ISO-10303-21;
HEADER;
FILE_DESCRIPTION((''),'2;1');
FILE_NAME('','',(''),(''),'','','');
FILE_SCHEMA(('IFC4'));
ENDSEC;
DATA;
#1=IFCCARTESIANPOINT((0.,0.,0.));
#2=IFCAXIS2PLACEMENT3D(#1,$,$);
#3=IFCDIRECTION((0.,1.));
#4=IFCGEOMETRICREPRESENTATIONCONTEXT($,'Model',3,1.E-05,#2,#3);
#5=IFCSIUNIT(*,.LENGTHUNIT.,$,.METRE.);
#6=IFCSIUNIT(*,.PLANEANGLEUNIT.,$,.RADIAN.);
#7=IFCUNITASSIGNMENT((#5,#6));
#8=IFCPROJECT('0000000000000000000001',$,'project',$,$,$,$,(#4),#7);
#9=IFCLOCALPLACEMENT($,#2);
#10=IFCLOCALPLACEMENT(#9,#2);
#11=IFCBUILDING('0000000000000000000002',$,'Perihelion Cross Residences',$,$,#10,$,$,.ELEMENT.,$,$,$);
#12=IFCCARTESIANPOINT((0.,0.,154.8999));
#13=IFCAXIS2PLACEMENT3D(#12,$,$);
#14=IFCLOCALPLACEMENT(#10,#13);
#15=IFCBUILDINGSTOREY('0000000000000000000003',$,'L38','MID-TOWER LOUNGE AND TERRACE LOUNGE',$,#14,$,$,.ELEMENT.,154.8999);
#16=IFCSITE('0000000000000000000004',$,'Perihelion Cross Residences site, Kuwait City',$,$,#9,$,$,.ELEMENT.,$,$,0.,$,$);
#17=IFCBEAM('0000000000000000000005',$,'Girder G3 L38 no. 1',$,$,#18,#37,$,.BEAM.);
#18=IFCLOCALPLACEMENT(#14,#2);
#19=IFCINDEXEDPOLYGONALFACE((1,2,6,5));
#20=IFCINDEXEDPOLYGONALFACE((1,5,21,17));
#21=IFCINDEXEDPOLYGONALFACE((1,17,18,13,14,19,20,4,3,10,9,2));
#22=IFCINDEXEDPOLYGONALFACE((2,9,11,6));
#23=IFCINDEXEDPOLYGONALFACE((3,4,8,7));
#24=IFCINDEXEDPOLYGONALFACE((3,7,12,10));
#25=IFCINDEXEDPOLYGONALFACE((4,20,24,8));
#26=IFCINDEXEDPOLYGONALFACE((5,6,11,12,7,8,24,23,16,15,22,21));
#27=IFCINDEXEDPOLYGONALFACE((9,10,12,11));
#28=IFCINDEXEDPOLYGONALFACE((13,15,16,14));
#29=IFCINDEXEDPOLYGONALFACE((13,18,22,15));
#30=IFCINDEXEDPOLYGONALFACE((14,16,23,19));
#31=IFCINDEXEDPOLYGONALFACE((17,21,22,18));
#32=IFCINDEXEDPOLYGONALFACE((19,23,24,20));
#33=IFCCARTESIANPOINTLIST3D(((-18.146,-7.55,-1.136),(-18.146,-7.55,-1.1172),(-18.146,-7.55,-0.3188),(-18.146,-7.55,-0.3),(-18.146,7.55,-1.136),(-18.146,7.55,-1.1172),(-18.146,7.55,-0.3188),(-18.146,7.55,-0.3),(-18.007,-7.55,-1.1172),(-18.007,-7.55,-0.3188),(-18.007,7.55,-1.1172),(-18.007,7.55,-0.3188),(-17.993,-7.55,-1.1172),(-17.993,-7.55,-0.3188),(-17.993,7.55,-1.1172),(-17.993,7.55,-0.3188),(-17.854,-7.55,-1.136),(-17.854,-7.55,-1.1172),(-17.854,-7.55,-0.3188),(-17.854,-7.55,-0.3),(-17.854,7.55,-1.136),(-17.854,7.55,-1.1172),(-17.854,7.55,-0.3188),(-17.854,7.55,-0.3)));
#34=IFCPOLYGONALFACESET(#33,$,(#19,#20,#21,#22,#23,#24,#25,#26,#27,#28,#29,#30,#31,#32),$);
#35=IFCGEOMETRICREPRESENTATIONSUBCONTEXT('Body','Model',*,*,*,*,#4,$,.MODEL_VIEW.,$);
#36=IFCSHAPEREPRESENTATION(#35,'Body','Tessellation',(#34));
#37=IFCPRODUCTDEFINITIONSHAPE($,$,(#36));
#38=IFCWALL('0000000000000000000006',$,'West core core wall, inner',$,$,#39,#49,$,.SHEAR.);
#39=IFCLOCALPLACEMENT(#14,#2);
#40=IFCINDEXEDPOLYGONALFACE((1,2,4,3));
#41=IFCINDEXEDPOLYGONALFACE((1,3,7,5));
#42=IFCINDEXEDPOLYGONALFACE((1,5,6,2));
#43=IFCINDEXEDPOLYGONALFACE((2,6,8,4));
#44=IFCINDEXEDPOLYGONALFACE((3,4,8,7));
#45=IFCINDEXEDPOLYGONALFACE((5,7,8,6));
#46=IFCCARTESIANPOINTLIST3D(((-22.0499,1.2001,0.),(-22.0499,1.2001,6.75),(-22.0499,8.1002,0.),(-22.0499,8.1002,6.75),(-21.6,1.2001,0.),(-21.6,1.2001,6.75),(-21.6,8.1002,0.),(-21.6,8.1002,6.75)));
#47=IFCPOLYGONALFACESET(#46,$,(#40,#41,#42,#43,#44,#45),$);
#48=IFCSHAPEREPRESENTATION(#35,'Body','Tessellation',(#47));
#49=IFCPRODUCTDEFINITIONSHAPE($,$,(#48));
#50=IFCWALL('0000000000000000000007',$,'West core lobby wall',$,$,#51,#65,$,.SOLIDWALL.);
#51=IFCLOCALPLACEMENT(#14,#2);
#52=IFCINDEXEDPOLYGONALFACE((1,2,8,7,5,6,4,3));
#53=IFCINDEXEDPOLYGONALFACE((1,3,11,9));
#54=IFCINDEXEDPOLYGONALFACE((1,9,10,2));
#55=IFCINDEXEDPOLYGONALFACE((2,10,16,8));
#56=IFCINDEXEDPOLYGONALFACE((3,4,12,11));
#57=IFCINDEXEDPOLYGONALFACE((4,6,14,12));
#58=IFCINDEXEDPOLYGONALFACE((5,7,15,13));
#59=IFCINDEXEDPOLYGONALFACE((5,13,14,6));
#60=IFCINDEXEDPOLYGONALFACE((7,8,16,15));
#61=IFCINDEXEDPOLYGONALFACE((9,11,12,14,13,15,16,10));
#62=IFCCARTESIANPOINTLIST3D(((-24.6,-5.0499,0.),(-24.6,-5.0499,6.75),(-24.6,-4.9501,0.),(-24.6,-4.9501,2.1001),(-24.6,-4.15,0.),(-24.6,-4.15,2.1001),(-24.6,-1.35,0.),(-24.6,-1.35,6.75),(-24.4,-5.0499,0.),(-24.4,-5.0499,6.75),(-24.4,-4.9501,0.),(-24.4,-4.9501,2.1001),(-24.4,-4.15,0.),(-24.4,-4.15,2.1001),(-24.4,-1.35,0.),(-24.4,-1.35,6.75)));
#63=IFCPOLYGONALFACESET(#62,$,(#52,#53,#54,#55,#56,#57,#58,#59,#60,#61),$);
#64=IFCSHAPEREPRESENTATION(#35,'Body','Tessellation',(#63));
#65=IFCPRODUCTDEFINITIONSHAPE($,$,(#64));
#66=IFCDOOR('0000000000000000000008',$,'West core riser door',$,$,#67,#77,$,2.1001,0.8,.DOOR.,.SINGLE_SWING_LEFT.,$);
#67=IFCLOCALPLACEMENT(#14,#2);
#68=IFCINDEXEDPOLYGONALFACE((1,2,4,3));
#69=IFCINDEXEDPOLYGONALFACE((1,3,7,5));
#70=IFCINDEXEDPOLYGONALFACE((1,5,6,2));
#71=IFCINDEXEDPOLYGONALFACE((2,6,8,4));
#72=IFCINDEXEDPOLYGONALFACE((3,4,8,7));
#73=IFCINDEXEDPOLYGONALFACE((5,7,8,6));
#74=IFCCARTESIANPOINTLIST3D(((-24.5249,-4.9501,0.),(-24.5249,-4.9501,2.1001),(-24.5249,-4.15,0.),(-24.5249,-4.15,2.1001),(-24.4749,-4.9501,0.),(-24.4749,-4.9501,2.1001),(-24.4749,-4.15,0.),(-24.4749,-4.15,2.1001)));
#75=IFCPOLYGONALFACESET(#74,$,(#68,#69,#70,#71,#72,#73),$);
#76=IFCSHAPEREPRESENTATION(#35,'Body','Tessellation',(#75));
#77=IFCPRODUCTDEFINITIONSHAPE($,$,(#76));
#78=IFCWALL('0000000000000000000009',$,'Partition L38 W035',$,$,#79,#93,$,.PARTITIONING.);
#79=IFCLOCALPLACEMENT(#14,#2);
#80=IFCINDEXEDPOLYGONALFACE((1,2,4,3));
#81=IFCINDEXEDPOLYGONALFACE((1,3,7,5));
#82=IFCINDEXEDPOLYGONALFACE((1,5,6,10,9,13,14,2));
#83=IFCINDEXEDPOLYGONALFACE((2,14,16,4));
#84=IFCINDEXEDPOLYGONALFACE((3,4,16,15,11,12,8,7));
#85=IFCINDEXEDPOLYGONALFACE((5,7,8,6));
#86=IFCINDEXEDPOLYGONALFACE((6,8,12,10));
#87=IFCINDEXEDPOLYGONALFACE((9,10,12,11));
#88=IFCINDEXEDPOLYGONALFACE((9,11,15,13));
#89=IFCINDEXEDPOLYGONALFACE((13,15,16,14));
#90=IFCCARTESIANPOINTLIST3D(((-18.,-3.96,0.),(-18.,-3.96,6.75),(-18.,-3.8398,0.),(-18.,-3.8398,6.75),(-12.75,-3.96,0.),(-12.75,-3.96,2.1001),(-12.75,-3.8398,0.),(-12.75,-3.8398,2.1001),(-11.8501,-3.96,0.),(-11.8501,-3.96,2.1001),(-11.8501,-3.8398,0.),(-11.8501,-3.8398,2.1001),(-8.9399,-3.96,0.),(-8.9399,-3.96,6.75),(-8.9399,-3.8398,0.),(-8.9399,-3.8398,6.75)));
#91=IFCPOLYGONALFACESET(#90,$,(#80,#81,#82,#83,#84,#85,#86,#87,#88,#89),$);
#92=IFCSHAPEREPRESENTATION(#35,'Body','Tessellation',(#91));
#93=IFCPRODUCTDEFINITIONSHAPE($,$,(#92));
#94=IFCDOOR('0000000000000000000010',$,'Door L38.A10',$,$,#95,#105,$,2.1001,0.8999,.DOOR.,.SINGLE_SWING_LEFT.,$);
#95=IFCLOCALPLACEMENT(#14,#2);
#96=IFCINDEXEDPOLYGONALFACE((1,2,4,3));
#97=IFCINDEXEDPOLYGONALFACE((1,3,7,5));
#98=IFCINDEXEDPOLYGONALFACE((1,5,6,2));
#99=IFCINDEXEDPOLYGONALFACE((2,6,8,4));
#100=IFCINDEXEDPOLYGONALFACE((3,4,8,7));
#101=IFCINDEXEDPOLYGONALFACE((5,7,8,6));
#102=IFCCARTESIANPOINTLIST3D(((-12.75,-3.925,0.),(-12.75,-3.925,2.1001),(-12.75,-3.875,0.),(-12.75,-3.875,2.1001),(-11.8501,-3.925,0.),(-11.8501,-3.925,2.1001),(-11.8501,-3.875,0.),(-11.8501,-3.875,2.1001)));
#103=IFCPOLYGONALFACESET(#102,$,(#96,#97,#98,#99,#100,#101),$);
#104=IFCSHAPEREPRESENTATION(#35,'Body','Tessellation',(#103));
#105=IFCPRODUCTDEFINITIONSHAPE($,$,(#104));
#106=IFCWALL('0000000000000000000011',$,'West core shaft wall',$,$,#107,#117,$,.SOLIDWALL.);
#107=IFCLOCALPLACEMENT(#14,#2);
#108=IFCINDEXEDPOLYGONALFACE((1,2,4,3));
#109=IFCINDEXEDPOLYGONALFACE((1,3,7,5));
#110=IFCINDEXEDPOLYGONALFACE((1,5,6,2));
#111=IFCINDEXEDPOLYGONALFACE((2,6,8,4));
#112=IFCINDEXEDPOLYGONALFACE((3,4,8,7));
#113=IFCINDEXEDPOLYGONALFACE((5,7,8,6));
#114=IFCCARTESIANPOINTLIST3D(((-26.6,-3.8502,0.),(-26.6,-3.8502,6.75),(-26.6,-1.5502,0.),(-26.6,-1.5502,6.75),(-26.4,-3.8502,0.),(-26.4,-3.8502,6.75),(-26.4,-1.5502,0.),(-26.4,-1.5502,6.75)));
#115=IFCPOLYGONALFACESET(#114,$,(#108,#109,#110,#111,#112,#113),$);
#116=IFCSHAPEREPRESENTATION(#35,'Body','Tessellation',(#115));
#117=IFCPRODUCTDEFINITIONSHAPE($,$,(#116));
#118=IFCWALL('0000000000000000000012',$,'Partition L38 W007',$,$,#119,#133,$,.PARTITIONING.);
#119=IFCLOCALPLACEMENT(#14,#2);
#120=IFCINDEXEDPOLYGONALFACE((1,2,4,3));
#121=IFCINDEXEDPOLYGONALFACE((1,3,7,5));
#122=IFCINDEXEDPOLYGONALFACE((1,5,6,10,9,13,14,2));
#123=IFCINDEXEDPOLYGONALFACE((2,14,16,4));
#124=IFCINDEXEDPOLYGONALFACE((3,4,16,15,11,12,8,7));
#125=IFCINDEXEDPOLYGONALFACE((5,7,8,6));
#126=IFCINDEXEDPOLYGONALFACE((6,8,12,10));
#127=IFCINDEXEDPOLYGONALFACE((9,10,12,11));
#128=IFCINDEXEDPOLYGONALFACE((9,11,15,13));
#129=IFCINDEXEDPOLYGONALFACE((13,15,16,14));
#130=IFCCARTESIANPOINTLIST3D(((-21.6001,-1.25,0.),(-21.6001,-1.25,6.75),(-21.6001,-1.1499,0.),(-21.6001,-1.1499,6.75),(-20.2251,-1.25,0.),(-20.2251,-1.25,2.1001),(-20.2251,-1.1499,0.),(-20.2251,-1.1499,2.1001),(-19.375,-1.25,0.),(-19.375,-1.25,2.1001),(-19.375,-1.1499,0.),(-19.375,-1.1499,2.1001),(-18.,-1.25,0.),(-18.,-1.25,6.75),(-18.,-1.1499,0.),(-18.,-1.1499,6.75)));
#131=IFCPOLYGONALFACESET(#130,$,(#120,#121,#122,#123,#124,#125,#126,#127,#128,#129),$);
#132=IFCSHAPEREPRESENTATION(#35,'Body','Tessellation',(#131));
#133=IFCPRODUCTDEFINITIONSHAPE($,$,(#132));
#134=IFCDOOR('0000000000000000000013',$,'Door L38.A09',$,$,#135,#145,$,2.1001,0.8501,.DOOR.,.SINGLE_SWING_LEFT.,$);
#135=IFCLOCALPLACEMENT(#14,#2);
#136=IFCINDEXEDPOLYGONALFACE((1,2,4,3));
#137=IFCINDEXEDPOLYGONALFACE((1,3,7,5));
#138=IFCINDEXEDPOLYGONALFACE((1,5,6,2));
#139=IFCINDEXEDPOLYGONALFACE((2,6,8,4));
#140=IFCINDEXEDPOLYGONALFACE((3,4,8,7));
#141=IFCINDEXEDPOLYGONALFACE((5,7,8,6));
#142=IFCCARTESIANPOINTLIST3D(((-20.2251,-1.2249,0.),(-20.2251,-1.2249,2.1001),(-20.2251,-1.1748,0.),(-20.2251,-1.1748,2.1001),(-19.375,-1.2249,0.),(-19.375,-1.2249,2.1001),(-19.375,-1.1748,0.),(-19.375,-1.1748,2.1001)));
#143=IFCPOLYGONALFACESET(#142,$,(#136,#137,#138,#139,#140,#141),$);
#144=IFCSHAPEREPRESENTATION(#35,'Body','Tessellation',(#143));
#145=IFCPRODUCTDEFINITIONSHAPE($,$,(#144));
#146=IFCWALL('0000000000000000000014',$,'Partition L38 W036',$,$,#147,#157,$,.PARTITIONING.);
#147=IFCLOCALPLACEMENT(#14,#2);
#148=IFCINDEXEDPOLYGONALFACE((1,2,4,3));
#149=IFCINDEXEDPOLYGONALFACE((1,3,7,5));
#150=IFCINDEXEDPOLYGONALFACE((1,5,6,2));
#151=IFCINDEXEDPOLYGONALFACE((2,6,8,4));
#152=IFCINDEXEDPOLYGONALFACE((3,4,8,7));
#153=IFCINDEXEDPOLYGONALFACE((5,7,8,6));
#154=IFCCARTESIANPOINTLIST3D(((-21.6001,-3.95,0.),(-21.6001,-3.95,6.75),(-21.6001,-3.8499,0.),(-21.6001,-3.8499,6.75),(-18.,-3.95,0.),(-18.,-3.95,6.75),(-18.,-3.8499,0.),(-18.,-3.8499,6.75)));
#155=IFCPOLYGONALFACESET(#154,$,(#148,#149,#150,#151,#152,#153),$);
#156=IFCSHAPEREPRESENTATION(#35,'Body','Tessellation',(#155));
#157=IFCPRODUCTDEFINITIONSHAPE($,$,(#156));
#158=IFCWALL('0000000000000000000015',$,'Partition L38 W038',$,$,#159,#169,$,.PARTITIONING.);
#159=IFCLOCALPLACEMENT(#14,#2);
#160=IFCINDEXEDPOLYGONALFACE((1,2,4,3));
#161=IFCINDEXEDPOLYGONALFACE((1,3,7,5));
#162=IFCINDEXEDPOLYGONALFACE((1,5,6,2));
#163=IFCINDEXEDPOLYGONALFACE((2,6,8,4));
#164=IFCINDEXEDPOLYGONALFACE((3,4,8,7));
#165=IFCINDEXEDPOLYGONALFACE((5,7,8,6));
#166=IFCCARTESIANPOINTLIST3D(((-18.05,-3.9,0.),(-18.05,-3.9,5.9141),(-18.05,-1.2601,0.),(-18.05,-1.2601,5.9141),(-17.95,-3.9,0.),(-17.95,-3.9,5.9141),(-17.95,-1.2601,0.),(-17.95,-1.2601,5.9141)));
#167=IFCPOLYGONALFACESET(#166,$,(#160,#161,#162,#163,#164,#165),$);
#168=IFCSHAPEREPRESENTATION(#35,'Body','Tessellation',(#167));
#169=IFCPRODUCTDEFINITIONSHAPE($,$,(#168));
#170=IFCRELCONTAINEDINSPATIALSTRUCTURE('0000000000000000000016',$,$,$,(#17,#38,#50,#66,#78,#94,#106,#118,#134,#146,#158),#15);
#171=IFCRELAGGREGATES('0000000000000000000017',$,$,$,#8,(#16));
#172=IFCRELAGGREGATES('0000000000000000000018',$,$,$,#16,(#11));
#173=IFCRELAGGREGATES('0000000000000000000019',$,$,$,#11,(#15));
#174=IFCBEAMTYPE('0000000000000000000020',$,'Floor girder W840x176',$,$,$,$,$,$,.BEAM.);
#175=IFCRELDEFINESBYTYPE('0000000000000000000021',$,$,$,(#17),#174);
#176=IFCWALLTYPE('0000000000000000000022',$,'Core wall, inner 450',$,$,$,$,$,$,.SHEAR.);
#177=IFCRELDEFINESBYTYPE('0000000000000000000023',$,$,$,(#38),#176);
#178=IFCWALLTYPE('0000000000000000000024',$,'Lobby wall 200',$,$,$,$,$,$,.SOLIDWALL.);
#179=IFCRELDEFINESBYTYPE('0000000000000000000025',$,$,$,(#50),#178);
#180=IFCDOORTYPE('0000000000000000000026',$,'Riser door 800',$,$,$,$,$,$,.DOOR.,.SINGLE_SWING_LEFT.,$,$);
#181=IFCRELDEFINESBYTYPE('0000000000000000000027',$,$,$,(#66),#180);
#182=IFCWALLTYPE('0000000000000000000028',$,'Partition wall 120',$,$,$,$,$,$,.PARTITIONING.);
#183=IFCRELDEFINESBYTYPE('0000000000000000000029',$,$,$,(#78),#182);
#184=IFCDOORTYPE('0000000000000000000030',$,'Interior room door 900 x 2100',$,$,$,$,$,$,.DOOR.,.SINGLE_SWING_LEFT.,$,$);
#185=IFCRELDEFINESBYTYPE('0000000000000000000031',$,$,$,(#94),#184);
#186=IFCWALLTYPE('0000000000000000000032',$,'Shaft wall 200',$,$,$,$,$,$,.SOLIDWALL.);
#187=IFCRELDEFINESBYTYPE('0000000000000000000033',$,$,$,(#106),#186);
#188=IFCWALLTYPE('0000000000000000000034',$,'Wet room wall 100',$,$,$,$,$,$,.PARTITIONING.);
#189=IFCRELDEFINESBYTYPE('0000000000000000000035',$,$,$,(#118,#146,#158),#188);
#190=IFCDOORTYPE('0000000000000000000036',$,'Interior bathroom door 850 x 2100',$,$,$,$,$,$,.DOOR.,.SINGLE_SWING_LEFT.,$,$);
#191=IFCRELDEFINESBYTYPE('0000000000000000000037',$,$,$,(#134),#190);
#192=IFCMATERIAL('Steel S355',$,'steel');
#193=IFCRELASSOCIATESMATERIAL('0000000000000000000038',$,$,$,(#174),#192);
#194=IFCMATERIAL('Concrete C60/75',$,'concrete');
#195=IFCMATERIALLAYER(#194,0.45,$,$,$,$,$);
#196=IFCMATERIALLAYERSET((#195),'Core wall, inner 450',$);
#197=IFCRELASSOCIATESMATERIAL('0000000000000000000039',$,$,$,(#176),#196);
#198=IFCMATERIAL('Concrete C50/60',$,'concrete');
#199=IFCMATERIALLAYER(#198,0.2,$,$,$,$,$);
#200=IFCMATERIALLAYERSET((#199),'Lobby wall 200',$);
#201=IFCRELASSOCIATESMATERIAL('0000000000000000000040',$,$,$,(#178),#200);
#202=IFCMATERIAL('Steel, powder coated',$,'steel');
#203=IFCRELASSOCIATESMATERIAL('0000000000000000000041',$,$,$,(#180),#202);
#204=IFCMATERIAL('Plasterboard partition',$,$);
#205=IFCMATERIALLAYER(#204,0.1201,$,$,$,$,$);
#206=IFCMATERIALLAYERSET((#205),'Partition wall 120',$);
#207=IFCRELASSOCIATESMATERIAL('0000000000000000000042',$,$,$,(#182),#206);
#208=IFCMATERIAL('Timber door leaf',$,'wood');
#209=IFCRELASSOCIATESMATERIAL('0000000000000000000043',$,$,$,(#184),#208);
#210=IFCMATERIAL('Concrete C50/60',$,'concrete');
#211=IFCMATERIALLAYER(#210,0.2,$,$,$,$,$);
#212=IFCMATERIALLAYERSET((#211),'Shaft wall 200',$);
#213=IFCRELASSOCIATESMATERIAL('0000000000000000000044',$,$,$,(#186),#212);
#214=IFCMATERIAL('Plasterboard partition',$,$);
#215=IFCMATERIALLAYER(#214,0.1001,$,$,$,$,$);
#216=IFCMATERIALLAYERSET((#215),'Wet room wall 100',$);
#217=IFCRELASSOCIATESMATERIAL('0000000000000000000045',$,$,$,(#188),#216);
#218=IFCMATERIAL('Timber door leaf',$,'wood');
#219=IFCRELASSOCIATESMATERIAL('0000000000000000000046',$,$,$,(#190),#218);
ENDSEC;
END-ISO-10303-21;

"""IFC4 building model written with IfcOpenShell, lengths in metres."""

from ifc_helpers import new_model, si_unit, direction, frame, frame_2d, origin, origin_2d, place, context, subcontext, project, spatial, rectangle, i_section, extrude, material, layer, layer_set, material_profile, profile_set, type_object, element, fill, save


model = new_model("IFC4")

# Units and contexts
model_context = context("Model", 3, precision=1e-05, world=origin(), true_north=direction((0.0, 1.0)))
body_context = subcontext(model_context, "Body", "Model", "MODEL_VIEW")
ifc_project = project(units=[si_unit("LENGTHUNIT", "METRE"), si_unit("PLANEANGLEUNIT", "RADIAN")], contexts=[model_context])

# Site, building, storey
site_placement = place(None, origin())
site = spatial("IfcSite", under=ifc_project, at=site_placement, Name="Perihelion Cross Residences site, Kuwait City", CompositionType="ELEMENT", RefElevation=0.0)
building_placement = place(site_placement, origin())
building = spatial("IfcBuilding", under=site, at=building_placement, Name="Perihelion Cross Residences", CompositionType="ELEMENT")
storey_placement = place(building_placement, frame((0.0, 0.0, 154.8999)))
storey = spatial("IfcBuildingStorey", under=building, at=storey_placement, Name="L38", Description="MID-TOWER LOUNGE AND TERRACE LOUNGE", CompositionType="ELEMENT", Elevation=154.8999)

# Beam
ifc_material_1 = material(Name="Steel S355", Category="steel")
ifc_material_profile = material_profile(ifc_material_1, i_section(OverallWidth=0.292, OverallDepth=0.8359, WebThickness=0.0139, FlangeThickness=0.0188, at=origin_2d()), Name="W840x176")
ifc_profile_set = profile_set([ifc_material_profile], Name="Steel S355")
beam_type = type_object("IfcBeamType", Name="Floor girder W840x176", PredefinedType="BEAM", material=ifc_profile_set)
beam_placement = place(storey_placement, frame((-18.0, -7.55, -0.718), z_axis=(0.0, 1.0, 0.0), x_axis=(-1.0, 0.0, 0.0)))
element("IfcBeam", 1, at=beam_placement, inside=storey, type_object=beam_type, Name="Girder G3 L38 no. 1", PredefinedType="BEAM", context=body_context, shape_type="SweptSolid", body=[
    extrude(i_section(OverallWidth=0.292, OverallDepth=0.8359, WebThickness=0.0139, FlangeThickness=0.0188, at=origin_2d()), origin(), (0.0, 0.0, 1.0), 15.1001),
])

# Wall
ifc_material_2 = material(Name="Concrete C60/75", Category="concrete")
ifc_layer_1 = layer(ifc_material_2, 0.45)
ifc_layer_set_1 = layer_set([ifc_layer_1], Name="Core wall, inner 450")
wall_type_1 = type_object("IfcWallType", Name="Core wall, inner 450", PredefinedType="SHEAR", material=ifc_layer_set_1)
wall_1_placement = place(storey_placement, frame((-21.825, 1.2, 0.0), z_axis=(0.0, 0.0, 1.0), x_axis=(0.0, 1.0, 0.0)))
element("IfcWall", 2, at=wall_1_placement, inside=storey, type_object=wall_type_1, Name="West core core wall, inner", PredefinedType="SHEAR", context=body_context, shape_type="SweptSolid", body=[
    extrude(rectangle(XDim=6.9001, YDim=0.45, at=frame_2d((3.4502, 0.0))), origin(), (0.0, 0.0, 1.0), 6.75),
])

# Walls, openings, doors
ifc_material_3 = material(Name="Concrete C50/60", Category="concrete")
ifc_layer_2 = layer(ifc_material_3, 0.2)
ifc_layer_set_2 = layer_set([ifc_layer_2], Name="Lobby wall 200")
wall_type_2 = type_object("IfcWallType", Name="Lobby wall 200", PredefinedType="SOLIDWALL", material=ifc_layer_set_2)
wall_2_placement = place(storey_placement, frame((-24.5, -5.05, 0.0), z_axis=(0.0, 0.0, 1.0), x_axis=(0.0, 1.0, 0.0)))
wall_2 = element("IfcWall", 3, at=wall_2_placement, inside=storey, type_object=wall_type_2, Name="West core lobby wall", PredefinedType="SOLIDWALL", context=body_context, shape_type="SweptSolid", body=[
    extrude(rectangle(XDim=3.7, YDim=0.2, at=frame_2d((1.8501, 0.0))), origin(), (0.0, 0.0, 1.0), 6.75),
])
opening_1_placement = place(wall_2_placement, frame((0.1001, 0.0, 0.0)))
opening_1 = element("IfcOpeningElement", 4, at=opening_1_placement, cuts=wall_2, PredefinedType="OPENING", context=body_context, shape_type="SweptSolid", body=[
    extrude(rectangle(XDim=0.8, YDim=2.1001, at=frame_2d((0.3999, 1.05))), frame((0.0, 0.1099, 0.0), z_axis=(0.0, -1.0, 0.0), x_axis=(1.0, 0.0, 0.0)), (0.0, 0.0, 1.0), 0.22),
])
ifc_material_4 = material(Name="Steel, powder coated", Category="steel")
door_type_1 = type_object("IfcDoorType", Name="Riser door 800", OperationType="SINGLE_SWING_LEFT", PredefinedType="DOOR", material=ifc_material_4)
door_1_placement = place(opening_1_placement, origin())
door_1 = element("IfcDoor", 5, at=door_1_placement, inside=storey, type_object=door_type_1, Name="West core riser door", OperationType="SINGLE_SWING_LEFT", OverallHeight=2.1001, OverallWidth=0.8, PredefinedType="DOOR", context=body_context, shape_type="SweptSolid", body=[
    extrude(rectangle(XDim=0.8, YDim=2.1001, at=frame_2d((0.3999, 1.05))), frame((0.0, 0.0249, 0.0), z_axis=(0.0, -1.0, 0.0), x_axis=(1.0, 0.0, 0.0)), (0.0, 0.0, 1.0), 0.05),
])
fill(opening_1, door_1)
ifc_material_5 = material(Name="Plasterboard partition")
ifc_layer_3 = layer(ifc_material_5, 0.1201)
ifc_layer_set_3 = layer_set([ifc_layer_3], Name="Partition wall 120")
wall_type_3 = type_object("IfcWallType", Name="Partition wall 120", PredefinedType="PARTITIONING", material=ifc_layer_set_3)
wall_3_placement = place(storey_placement, frame((-18.0, -3.8999, 0.0), z_axis=(0.0, 0.0, 1.0), x_axis=(1.0, 0.0, 0.0)))
wall_3 = element("IfcWall", 6, at=wall_3_placement, inside=storey, type_object=wall_type_3, Name="Partition L38 W035", PredefinedType="PARTITIONING", context=body_context, shape_type="SweptSolid", body=[
    extrude(rectangle(XDim=9.0601, YDim=0.1201, at=frame_2d((4.53, 0.0))), origin(), (0.0, 0.0, 1.0), 6.75),
])
opening_2_placement = place(wall_3_placement, frame((5.25, 0.0, 0.0)))
opening_2 = element("IfcOpeningElement", 7, at=opening_2_placement, cuts=wall_3, PredefinedType="OPENING", context=body_context, shape_type="SweptSolid", body=[
    extrude(rectangle(XDim=0.8999, YDim=2.1001, at=frame_2d((0.45, 1.05))), frame((0.0, 0.0701, 0.0), z_axis=(0.0, -1.0, 0.0), x_axis=(1.0, 0.0, 0.0)), (0.0, 0.0, 1.0), 0.1401),
])
ifc_material_6 = material(Name="Timber door leaf", Category="wood")
door_type_2 = type_object("IfcDoorType", Name="Interior room door 900 x 2100", OperationType="SINGLE_SWING_LEFT", PredefinedType="DOOR", material=ifc_material_6)
door_2_placement = place(opening_2_placement, origin())
door_2 = element("IfcDoor", 8, at=door_2_placement, inside=storey, type_object=door_type_2, Name="Door L38.A10", OperationType="SINGLE_SWING_LEFT", OverallHeight=2.1001, OverallWidth=0.8999, PredefinedType="DOOR", context=body_context, shape_type="SweptSolid", body=[
    extrude(rectangle(XDim=0.8999, YDim=2.1001, at=frame_2d((0.45, 1.05))), frame((0.0, 0.0249, 0.0), z_axis=(0.0, -1.0, 0.0), x_axis=(1.0, 0.0, 0.0)), (0.0, 0.0, 1.0), 0.05),
])
fill(opening_2, door_2)

# Wall
ifc_material_7 = material(Name="Concrete C50/60", Category="concrete")
ifc_layer_4 = layer(ifc_material_7, 0.2)
ifc_layer_set_4 = layer_set([ifc_layer_4], Name="Shaft wall 200")
wall_type_4 = type_object("IfcWallType", Name="Shaft wall 200", PredefinedType="SOLIDWALL", material=ifc_layer_set_4)
wall_4_placement = place(storey_placement, frame((-26.5, -3.8501, 0.0), z_axis=(0.0, 0.0, 1.0), x_axis=(0.0, 1.0, 0.0)))
element("IfcWall", 9, at=wall_4_placement, inside=storey, type_object=wall_type_4, Name="West core shaft wall", PredefinedType="SOLIDWALL", context=body_context, shape_type="SweptSolid", body=[
    extrude(rectangle(XDim=2.3, YDim=0.2, at=frame_2d((1.1499, 0.0))), origin(), (0.0, 0.0, 1.0), 6.75),
])

# Wall, opening, door
ifc_material_8 = material(Name="Plasterboard partition")
ifc_layer_5 = layer(ifc_material_8, 0.1001)
ifc_layer_set_5 = layer_set([ifc_layer_5], Name="Wet room wall 100")
wall_type_5 = type_object("IfcWallType", Name="Wet room wall 100", PredefinedType="PARTITIONING", material=ifc_layer_set_5)
wall_5_placement = place(storey_placement, frame((-18.0, -1.2, 0.0), z_axis=(0.0, 0.0, 1.0), x_axis=(-1.0, 0.0, 0.0)))
wall_5 = element("IfcWall", 10, at=wall_5_placement, inside=storey, type_object=wall_type_5, Name="Partition L38 W007", PredefinedType="PARTITIONING", context=body_context, shape_type="SweptSolid", body=[
    extrude(rectangle(XDim=3.6001, YDim=0.1001, at=frame_2d((1.8, 0.0))), origin(), (0.0, 0.0, 1.0), 6.75),
])
opening_3_placement = place(wall_5_placement, frame((1.375, 0.0, 0.0)))
opening_3 = element("IfcOpeningElement", 11, at=opening_3_placement, cuts=wall_5, PredefinedType="OPENING", context=body_context, shape_type="SweptSolid", body=[
    extrude(rectangle(XDim=0.8501, YDim=2.1001, at=frame_2d((0.425, 1.05))), frame((0.0, 0.0601, 0.0), z_axis=(0.0, -1.0, 0.0), x_axis=(1.0, 0.0, 0.0)), (0.0, 0.0, 1.0), 0.1201),
])
ifc_material_9 = material(Name="Timber door leaf", Category="wood")
door_type_3 = type_object("IfcDoorType", Name="Interior bathroom door 850 x 2100", OperationType="SINGLE_SWING_LEFT", PredefinedType="DOOR", material=ifc_material_9)
door_3_placement = place(opening_3_placement, origin())
door_3 = element("IfcDoor", 12, at=door_3_placement, inside=storey, type_object=door_type_3, Name="Door L38.A09", OperationType="SINGLE_SWING_LEFT", OverallHeight=2.1001, OverallWidth=0.8501, PredefinedType="DOOR", context=body_context, shape_type="SweptSolid", body=[
    extrude(rectangle(XDim=0.8501, YDim=2.1001, at=frame_2d((0.425, 1.05))), frame((0.0, 0.0249, 0.0), z_axis=(0.0, -1.0, 0.0), x_axis=(1.0, 0.0, 0.0)), (0.0, 0.0, 1.0), 0.05),
])
fill(opening_3, door_3)

# Walls
wall_6_placement = place(storey_placement, frame((-21.6001, -3.8999, 0.0), z_axis=(0.0, 0.0, 1.0), x_axis=(1.0, 0.0, 0.0)))
element("IfcWall", 13, at=wall_6_placement, inside=storey, type_object=wall_type_5, Name="Partition L38 W036", PredefinedType="PARTITIONING", context=body_context, shape_type="SweptSolid", body=[
    extrude(rectangle(XDim=3.6001, YDim=0.1001, at=frame_2d((1.8, 0.0))), origin(), (0.0, 0.0, 1.0), 6.75),
])
wall_7_placement = place(storey_placement, frame((-18.0, -3.8999, 0.0), z_axis=(0.0, 0.0, 1.0), x_axis=(0.0, 1.0, 0.0)))
element("IfcWall", 14, at=wall_7_placement, inside=storey, type_object=wall_type_5, Name="Partition L38 W038", PredefinedType="PARTITIONING", context=body_context, shape_type="SweptSolid", body=[
    extrude(rectangle(XDim=2.6399, YDim=0.1001, at=frame_2d((1.3198, 0.0))), origin(), (0.0, 0.0, 1.0), 5.9141),
])

save(model, "model.ifc")
